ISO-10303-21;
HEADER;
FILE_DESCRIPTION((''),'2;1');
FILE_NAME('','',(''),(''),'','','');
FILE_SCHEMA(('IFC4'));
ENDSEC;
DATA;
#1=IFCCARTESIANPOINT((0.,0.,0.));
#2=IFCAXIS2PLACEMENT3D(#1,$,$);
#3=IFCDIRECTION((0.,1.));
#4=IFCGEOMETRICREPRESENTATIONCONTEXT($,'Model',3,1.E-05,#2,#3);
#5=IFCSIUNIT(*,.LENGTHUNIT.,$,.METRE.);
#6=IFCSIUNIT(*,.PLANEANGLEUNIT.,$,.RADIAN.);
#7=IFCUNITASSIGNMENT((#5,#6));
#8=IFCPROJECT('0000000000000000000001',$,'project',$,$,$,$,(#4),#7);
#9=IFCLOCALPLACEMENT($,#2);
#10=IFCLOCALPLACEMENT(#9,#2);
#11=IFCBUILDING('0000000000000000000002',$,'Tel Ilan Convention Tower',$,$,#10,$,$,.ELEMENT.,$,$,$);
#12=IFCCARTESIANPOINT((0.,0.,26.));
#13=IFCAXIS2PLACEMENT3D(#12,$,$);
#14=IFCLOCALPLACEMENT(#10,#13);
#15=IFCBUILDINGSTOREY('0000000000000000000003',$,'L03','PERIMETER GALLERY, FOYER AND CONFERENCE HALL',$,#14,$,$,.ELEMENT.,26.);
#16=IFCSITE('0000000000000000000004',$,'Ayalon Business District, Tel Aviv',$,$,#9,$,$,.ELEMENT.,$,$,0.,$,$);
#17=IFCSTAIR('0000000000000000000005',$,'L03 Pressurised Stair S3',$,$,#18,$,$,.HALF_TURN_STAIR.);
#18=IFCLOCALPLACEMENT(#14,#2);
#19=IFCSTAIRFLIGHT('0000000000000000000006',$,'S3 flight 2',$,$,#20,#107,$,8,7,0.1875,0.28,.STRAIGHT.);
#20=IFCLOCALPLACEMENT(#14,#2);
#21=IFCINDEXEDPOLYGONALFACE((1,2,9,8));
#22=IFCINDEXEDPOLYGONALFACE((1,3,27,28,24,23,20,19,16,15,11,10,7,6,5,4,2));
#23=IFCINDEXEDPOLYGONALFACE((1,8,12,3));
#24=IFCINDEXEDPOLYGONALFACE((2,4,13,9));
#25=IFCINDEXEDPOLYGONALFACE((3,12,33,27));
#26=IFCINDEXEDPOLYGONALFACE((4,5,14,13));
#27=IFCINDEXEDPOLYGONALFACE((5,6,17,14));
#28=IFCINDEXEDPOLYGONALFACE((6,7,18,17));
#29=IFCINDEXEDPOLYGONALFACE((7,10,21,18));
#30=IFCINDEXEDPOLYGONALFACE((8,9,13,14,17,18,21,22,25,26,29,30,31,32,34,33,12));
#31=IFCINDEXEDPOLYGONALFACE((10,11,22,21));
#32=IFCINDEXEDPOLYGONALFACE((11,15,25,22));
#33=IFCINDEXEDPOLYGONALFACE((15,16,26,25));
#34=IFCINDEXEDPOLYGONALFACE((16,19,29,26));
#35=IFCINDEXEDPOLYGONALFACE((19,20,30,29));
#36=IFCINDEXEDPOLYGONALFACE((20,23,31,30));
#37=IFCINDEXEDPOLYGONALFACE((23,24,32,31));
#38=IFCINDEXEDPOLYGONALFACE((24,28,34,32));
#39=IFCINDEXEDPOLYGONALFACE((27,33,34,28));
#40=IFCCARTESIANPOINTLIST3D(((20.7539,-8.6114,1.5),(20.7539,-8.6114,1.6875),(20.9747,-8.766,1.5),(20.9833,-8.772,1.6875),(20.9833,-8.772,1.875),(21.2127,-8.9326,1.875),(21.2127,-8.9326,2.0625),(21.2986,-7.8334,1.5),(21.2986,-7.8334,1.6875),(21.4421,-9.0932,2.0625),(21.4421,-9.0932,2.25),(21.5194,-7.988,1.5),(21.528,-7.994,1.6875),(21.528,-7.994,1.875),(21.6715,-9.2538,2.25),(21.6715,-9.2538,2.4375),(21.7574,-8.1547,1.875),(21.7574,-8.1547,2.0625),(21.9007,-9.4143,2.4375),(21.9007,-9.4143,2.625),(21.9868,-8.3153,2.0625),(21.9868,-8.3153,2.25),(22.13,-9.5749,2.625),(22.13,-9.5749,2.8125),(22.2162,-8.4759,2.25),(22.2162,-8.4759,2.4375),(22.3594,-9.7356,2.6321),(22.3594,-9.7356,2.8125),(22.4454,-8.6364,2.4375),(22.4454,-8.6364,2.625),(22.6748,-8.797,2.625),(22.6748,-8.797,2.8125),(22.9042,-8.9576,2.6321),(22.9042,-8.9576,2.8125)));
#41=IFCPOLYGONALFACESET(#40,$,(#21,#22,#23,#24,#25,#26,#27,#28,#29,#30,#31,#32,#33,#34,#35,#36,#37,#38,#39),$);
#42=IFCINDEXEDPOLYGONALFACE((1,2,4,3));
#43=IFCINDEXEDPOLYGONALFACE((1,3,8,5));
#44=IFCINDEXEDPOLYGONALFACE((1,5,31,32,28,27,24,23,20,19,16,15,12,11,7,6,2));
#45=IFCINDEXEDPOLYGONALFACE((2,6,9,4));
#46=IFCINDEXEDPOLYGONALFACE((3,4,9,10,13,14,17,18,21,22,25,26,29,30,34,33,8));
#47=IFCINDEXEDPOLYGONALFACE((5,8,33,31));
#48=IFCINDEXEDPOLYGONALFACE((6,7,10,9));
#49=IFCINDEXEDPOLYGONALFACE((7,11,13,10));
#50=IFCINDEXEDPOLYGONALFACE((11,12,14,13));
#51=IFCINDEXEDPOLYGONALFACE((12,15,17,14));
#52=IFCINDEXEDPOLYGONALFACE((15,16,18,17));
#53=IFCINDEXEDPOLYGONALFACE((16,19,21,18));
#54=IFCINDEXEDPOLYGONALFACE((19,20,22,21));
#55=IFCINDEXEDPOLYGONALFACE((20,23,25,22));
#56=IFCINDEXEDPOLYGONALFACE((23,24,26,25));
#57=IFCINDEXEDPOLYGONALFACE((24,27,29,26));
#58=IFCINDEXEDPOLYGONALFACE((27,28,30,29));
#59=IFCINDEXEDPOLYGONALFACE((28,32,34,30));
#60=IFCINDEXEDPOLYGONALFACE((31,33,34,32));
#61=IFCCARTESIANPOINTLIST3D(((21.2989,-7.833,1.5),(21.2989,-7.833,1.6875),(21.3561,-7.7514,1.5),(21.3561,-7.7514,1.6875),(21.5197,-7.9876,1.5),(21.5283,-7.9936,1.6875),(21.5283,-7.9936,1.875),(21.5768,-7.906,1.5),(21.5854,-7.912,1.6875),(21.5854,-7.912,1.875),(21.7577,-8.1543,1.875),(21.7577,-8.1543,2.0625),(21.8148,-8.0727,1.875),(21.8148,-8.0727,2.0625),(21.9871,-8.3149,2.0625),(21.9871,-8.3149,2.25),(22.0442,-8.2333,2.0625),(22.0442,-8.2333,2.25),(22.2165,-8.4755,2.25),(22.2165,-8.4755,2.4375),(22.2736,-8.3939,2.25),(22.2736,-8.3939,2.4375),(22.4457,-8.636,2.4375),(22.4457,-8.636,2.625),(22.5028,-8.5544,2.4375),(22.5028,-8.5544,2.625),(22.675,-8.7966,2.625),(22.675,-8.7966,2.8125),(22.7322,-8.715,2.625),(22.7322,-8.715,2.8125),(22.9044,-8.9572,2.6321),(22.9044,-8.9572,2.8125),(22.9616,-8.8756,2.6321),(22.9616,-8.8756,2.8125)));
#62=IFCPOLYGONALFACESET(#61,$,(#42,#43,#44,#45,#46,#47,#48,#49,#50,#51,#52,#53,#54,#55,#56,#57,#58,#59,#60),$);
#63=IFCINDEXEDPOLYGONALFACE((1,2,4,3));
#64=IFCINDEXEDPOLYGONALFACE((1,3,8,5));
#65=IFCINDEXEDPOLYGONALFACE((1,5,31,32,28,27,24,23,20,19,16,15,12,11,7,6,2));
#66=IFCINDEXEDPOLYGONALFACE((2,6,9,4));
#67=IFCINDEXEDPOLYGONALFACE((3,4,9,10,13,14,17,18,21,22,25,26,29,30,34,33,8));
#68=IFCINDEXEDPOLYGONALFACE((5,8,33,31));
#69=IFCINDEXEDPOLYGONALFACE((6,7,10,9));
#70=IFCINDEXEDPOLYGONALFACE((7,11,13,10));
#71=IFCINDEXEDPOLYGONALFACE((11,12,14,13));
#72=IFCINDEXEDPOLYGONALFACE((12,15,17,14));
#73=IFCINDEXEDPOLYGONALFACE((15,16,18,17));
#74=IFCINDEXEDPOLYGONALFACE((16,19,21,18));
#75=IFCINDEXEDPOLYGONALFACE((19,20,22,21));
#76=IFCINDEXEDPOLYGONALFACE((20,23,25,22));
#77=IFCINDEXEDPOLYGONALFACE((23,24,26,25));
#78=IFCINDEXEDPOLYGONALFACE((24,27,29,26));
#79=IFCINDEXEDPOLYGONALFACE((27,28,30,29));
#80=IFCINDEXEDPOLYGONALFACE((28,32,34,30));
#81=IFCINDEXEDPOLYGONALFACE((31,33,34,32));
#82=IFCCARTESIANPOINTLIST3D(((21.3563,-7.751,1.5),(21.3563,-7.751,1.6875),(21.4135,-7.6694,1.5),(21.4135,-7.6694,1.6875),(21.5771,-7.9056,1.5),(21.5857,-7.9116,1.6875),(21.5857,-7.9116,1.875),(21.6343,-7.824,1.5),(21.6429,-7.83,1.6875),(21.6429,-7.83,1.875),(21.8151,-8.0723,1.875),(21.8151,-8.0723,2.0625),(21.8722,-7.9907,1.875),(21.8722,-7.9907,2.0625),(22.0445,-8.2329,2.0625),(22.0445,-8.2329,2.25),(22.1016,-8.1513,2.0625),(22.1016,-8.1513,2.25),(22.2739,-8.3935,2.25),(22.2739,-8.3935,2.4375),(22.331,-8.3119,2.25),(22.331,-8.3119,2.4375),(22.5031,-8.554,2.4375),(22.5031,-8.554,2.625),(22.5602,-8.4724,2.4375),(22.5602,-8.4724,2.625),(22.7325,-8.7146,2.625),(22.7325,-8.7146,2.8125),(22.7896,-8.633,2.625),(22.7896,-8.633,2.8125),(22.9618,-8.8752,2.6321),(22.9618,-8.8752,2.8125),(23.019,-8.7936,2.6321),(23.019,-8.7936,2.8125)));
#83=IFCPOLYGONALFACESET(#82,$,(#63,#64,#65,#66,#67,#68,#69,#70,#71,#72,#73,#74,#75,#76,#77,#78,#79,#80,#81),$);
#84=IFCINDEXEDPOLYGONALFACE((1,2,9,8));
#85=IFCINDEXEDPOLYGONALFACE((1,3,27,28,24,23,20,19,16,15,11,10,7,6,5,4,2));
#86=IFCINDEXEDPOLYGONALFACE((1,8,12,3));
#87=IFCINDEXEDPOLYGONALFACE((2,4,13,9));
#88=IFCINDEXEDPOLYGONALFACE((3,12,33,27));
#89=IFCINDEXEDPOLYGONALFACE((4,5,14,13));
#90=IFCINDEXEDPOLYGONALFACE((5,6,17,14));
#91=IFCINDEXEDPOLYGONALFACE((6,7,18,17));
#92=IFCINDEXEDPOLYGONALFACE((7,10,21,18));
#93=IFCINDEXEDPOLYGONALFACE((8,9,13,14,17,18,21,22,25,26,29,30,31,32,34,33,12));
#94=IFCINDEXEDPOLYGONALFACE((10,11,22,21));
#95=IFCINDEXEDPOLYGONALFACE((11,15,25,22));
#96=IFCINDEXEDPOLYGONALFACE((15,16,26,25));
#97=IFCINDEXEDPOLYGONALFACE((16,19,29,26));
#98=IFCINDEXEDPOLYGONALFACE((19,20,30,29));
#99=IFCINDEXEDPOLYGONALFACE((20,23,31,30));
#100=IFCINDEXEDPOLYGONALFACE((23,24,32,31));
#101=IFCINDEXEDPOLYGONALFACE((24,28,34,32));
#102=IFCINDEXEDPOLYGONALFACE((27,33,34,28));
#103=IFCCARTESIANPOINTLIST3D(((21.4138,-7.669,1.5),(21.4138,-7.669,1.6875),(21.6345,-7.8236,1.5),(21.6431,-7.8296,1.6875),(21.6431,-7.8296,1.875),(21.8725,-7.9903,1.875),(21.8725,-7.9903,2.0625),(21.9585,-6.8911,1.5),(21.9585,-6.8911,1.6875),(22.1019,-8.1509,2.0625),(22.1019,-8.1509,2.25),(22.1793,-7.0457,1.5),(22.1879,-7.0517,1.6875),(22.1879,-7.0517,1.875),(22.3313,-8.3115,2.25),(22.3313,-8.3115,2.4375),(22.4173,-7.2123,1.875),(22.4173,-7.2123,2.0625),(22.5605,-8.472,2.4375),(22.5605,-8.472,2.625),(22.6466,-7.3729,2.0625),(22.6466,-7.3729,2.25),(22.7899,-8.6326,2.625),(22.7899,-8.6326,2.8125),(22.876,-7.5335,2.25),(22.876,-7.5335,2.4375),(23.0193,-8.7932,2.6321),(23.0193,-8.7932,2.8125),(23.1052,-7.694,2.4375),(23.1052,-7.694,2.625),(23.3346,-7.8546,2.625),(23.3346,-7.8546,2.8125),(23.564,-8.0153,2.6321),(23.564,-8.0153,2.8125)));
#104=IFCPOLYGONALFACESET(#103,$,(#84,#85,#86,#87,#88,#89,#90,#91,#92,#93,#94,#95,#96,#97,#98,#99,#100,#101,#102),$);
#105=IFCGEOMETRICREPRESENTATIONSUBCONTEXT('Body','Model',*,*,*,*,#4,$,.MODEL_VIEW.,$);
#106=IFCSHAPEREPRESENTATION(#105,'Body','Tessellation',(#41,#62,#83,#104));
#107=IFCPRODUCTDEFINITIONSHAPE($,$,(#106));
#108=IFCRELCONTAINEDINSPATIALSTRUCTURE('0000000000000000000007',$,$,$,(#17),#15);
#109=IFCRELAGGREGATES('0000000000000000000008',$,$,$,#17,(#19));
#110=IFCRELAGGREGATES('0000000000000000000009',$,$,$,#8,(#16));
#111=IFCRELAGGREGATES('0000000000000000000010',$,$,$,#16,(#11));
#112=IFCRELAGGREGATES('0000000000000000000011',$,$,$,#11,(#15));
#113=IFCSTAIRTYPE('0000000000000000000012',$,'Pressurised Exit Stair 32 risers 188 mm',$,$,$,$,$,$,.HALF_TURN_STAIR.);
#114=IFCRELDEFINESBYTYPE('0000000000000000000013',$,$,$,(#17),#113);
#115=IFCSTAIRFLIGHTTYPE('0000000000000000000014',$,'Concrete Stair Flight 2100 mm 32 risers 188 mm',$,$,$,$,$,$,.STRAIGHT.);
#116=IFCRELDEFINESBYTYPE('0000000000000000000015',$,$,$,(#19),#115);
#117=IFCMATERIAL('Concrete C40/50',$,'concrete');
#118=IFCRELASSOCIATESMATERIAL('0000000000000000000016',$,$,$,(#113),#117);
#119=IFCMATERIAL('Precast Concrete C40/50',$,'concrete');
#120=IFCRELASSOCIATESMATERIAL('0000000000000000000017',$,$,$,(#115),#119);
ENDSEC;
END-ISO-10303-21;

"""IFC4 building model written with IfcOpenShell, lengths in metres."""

from ifc_helpers import new_model, si_unit, direction, frame, origin, place, context, subcontext, project, spatial, polyline, outline, extrude, material, type_object, element, aggregate, save


model = new_model("IFC4")

# Units and contexts
model_context = context("Model", 3, precision=1e-05, world=origin(), true_north=direction((0.0, 1.0)))
body_context = subcontext(model_context, "Body", "Model", "MODEL_VIEW")
ifc_project = project(units=[si_unit("LENGTHUNIT", "METRE"), si_unit("PLANEANGLEUNIT", "RADIAN")], contexts=[model_context])

# Site, building, storey
site_placement = place(None, origin())
site = spatial("IfcSite", under=ifc_project, at=site_placement, Name="Ayalon Business District, Tel Aviv", CompositionType="ELEMENT", RefElevation=0.0)
building_placement = place(site_placement, origin())
building = spatial("IfcBuilding", under=site, at=building_placement, Name="Tel Ilan Convention Tower", CompositionType="ELEMENT")
storey_placement = place(building_placement, frame((0.0, 0.0, 26.0)))
storey = spatial("IfcBuildingStorey", under=building, at=storey_placement, Name="L03", Description="PERIMETER GALLERY, FOYER AND CONFERENCE HALL", CompositionType="ELEMENT", Elevation=26.0)

# Stair, stair flight
ifc_material_1 = material(Name="Concrete C40/50", Category="concrete")
stair_type = type_object("IfcStairType", Name="Pressurised Exit Stair 32 risers 188 mm", PredefinedType="HALF_TURN_STAIR", material=ifc_material_1)
stair_1_placement = place(storey_placement, origin())
stair_1 = element("IfcStair", 1, at=stair_1_placement, inside=storey, type_object=stair_type, Name="L03 Pressurised Stair S3", PredefinedType="HALF_TURN_STAIR")
ifc_material_2 = material(Name="Precast Concrete C40/50", Category="concrete")
stair_flight_type = type_object("IfcStairFlightType", Name="Concrete Stair Flight 2100 mm 32 risers 188 mm", PredefinedType="STRAIGHT", material=ifc_material_2)
stair_flight_1_placement = place(storey_placement, frame((21.3562, -7.7512, 1.5), z_axis=(0.0, 0.0, 1.0), x_axis=(0.819152, -0.573576, 0.0)))
stair_flight_1 = element("IfcStairFlight", 2, at=stair_flight_1_placement, type_object=stair_flight_type, Name="S3 flight 2", NumberOfRisers=8, NumberOfTreads=7, PredefinedType="STRAIGHT", RiserHeight=0.1875, TreadLength=0.28, context=body_context, shape_type="SweptSolid", body=[
    extrude(outline(polyline([(0.0, 0.0), (0.0, 0.1875), (0.28, 0.1875), (0.28, 0.375), (0.5601, 0.375), (0.5601, 0.5625), (0.8401, 0.5625), (0.8401, 0.75), (1.1201, 0.75), (1.1201, 0.9375), (1.3999, 0.9375), (1.3999, 1.125), (1.6799, 1.125), (1.6799, 1.3125), (1.96, 1.3125), (1.96, 1.5), (1.96, 1.1321), (0.2695, 0.0), (0.0, 0.0)])), frame((0.0, -0.1003, 0.0), z_axis=(0.0, -1.0, 0.0), x_axis=(1.0, 0.0, 0.0)), (0.0, 0.0, 1.0), 0.9497),
    extrude(outline(polyline([(0.0, 0.0), (0.0, 0.1875), (0.28, 0.1875), (0.28, 0.375), (0.5601, 0.375), (0.5601, 0.5625), (0.8401, 0.5625), (0.8401, 0.75), (1.1201, 0.75), (1.1201, 0.9375), (1.3999, 0.9375), (1.3999, 1.125), (1.6799, 1.125), (1.6799, 1.3125), (1.96, 1.3125), (1.96, 1.5), (1.96, 1.1321), (0.2695, 0.0), (0.0, 0.0)])), frame((0.0, -0.0002, 0.0), z_axis=(0.0, -1.0, 0.0), x_axis=(1.0, 0.0, 0.0)), (0.0, 0.0, 1.0), 0.0996),
    extrude(outline(polyline([(0.0, 0.0), (0.0, 0.1875), (0.28, 0.1875), (0.28, 0.375), (0.5601, 0.375), (0.5601, 0.5625), (0.8401, 0.5625), (0.8401, 0.75), (1.1201, 0.75), (1.1201, 0.9375), (1.3999, 0.9375), (1.3999, 1.125), (1.6799, 1.125), (1.6799, 1.3125), (1.96, 1.3125), (1.96, 1.5), (1.96, 1.1321), (0.2695, 0.0), (0.0, 0.0)])), frame((0.0, 0.0999, 0.0), z_axis=(0.0, -1.0, 0.0), x_axis=(1.0, 0.0, 0.0)), (0.0, 0.0, 1.0), 0.0996),
    extrude(outline(polyline([(0.0, 0.0), (0.0, 0.1875), (0.28, 0.1875), (0.28, 0.375), (0.5601, 0.375), (0.5601, 0.5625), (0.8401, 0.5625), (0.8401, 0.75), (1.1201, 0.75), (1.1201, 0.9375), (1.3999, 0.9375), (1.3999, 1.125), (1.6799, 1.125), (1.6799, 1.3125), (1.96, 1.3125), (1.96, 1.5), (1.96, 1.1321), (0.2695, 0.0), (0.0, 0.0)])), frame((0.0, 1.05, 0.0), z_axis=(0.0, -1.0, 0.0), x_axis=(1.0, 0.0, 0.0)), (0.0, 0.0, 1.0), 0.9497),
])
aggregate(stair_1, [stair_flight_1])

save(model, "model.ifc")
